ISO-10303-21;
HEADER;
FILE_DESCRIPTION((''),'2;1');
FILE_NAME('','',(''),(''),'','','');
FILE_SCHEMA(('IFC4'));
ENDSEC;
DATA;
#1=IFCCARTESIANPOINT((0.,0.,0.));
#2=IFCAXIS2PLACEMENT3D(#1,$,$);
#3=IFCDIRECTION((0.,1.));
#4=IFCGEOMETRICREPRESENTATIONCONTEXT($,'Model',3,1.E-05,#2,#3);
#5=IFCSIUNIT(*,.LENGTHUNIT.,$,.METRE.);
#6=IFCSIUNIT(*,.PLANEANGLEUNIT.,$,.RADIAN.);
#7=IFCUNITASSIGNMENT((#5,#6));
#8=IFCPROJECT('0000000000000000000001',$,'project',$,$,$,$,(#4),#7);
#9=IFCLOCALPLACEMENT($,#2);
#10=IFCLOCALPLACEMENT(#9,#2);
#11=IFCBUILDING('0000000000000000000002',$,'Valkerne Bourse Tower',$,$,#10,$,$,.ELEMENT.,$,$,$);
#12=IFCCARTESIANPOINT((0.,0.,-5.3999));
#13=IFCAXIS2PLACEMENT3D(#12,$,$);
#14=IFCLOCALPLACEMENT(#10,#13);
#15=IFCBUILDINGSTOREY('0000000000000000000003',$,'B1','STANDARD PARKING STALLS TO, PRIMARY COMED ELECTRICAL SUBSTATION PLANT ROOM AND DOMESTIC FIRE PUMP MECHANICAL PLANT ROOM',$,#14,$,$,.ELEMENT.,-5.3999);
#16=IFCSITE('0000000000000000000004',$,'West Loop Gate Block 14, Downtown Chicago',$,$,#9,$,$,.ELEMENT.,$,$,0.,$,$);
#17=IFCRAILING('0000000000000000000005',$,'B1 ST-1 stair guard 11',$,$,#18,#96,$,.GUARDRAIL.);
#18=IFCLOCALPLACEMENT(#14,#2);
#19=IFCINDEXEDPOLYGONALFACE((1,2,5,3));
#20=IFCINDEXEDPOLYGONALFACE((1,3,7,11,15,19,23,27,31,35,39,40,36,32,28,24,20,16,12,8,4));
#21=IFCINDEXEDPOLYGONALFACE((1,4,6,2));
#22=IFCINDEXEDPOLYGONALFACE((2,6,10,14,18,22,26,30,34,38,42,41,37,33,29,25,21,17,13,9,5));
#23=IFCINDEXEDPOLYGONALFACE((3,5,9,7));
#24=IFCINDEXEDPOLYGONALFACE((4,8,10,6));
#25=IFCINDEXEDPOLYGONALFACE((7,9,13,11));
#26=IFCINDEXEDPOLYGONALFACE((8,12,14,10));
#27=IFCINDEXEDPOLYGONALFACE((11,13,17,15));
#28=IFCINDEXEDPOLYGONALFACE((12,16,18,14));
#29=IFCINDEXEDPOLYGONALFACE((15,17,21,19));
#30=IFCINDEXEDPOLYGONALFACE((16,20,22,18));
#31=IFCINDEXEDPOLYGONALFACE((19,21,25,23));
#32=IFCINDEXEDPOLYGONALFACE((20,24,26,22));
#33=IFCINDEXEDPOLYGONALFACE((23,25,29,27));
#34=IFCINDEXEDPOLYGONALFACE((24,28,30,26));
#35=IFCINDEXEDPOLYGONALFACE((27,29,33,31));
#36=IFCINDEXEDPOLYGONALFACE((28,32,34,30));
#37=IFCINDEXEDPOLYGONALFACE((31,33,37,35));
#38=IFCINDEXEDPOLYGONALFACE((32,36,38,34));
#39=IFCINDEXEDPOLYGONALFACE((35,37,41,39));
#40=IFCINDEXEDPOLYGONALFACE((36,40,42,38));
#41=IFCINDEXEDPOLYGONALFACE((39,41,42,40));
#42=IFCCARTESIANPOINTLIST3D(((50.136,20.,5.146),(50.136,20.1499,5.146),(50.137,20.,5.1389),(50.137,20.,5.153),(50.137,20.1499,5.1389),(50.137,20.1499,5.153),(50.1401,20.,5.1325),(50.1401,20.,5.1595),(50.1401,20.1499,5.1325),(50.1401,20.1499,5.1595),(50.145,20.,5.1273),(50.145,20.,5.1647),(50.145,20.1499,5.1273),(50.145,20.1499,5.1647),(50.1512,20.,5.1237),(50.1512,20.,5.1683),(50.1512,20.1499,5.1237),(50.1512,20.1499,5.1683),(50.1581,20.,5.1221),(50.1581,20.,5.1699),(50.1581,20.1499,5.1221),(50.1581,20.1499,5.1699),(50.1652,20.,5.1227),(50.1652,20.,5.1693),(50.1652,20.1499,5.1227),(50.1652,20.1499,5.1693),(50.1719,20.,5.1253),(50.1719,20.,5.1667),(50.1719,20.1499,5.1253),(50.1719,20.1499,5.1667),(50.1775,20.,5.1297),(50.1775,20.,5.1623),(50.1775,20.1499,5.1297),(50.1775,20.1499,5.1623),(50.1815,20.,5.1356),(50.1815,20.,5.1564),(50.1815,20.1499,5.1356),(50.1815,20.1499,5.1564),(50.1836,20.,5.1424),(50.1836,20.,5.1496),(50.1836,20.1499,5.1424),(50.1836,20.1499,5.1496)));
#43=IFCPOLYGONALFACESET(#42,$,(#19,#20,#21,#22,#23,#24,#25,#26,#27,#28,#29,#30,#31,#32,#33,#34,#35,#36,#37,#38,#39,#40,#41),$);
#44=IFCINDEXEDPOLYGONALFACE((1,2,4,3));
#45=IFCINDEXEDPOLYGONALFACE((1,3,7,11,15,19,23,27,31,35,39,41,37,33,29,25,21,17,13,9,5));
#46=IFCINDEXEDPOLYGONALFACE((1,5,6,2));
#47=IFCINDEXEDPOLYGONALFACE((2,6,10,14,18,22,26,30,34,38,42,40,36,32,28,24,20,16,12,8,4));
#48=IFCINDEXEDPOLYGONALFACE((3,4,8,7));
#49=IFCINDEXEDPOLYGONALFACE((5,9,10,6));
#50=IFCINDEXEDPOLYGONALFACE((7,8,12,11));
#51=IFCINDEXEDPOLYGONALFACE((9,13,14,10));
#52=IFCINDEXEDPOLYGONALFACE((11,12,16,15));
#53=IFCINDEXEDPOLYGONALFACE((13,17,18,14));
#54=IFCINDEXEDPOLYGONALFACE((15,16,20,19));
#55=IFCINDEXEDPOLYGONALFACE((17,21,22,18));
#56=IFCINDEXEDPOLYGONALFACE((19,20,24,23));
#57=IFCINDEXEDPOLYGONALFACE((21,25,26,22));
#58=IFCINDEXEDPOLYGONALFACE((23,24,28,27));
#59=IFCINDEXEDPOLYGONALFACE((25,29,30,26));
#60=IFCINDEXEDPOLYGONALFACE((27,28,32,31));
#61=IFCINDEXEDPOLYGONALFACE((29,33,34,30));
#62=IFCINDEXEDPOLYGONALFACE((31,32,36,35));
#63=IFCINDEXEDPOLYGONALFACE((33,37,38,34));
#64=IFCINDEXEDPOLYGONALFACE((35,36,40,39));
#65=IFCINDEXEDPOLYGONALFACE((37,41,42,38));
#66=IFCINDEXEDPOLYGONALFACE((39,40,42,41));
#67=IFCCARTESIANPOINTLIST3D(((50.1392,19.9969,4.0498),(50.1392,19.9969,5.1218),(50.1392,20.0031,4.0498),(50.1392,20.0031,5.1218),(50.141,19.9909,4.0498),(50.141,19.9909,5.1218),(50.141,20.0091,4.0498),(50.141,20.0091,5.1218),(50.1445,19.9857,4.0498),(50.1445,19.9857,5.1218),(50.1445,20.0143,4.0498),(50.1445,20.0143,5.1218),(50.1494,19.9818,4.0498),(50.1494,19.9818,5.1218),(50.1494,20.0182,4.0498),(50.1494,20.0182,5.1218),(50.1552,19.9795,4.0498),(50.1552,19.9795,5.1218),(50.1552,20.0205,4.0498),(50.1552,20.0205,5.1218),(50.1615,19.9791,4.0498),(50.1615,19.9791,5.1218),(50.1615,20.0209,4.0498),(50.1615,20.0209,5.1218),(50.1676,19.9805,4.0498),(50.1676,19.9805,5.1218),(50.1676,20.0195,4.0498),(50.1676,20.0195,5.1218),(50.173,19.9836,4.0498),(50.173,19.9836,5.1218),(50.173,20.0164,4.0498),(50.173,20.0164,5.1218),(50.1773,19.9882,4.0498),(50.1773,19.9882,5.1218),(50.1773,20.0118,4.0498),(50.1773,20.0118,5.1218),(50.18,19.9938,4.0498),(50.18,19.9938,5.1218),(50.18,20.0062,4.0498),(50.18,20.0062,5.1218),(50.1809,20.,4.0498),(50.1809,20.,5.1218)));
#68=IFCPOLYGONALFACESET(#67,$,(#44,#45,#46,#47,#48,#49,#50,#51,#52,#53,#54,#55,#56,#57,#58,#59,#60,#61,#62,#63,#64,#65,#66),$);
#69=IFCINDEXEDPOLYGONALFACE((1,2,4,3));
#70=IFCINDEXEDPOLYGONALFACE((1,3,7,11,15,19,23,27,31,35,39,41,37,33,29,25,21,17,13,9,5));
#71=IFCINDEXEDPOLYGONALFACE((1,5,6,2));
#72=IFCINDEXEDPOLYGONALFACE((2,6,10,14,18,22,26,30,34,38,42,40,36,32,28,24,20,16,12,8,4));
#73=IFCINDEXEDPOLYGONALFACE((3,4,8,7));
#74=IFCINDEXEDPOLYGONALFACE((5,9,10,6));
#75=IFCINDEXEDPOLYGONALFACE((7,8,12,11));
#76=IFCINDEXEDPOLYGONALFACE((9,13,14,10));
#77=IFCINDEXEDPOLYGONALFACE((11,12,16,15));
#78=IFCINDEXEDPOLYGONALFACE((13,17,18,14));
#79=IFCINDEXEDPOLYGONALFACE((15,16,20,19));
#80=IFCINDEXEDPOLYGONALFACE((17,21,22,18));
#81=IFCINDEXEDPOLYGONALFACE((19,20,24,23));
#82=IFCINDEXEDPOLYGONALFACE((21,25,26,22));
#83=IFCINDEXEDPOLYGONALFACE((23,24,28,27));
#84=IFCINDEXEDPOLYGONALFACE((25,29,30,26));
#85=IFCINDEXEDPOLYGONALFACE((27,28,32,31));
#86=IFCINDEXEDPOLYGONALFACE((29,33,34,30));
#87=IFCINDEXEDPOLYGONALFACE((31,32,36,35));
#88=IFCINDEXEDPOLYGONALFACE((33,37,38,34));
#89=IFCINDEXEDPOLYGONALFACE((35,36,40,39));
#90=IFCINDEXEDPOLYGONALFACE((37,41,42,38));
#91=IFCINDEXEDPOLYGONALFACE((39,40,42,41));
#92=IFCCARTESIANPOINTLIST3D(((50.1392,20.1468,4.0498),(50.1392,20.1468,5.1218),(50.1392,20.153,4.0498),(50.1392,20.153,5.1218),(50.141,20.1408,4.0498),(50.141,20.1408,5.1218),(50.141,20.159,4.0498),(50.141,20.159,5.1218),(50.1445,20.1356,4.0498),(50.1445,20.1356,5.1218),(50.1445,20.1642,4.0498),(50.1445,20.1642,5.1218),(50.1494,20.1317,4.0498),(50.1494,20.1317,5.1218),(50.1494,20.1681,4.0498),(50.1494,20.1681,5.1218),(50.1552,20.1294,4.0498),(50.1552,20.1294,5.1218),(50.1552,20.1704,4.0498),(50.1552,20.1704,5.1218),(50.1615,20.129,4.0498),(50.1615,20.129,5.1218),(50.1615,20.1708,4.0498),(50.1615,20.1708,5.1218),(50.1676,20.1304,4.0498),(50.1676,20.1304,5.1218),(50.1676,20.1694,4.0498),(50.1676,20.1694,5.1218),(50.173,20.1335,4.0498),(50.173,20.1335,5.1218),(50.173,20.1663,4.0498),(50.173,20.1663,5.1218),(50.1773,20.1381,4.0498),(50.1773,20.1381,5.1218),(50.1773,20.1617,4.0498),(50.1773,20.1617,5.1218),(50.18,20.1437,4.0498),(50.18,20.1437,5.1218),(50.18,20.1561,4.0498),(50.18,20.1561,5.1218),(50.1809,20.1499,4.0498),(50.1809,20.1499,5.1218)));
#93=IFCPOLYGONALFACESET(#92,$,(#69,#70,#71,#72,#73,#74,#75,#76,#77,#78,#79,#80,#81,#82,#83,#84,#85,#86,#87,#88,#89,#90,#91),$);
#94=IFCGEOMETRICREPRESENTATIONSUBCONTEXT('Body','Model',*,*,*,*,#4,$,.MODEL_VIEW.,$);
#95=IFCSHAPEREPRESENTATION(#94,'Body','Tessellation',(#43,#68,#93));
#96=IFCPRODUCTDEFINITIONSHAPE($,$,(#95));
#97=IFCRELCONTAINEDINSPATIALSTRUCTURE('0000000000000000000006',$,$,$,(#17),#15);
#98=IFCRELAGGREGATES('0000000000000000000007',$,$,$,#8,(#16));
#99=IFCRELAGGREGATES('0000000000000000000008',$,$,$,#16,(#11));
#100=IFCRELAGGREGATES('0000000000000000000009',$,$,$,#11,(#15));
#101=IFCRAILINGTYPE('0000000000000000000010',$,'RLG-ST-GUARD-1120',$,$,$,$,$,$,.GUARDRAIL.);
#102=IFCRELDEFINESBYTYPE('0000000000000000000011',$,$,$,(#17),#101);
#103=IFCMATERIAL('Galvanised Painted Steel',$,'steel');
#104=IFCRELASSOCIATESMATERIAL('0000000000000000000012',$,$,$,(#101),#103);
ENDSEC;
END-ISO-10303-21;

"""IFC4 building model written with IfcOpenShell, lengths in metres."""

from ifc_helpers import new_model, si_unit, direction, frame, origin, origin_2d, place, context, subcontext, project, spatial, circle, extrude, material, type_object, element, save


model = new_model("IFC4")

# Units and contexts
model_context = context("Model", 3, precision=1e-05, world=origin(), true_north=direction((0.0, 1.0)))
body_context = subcontext(model_context, "Body", "Model", "MODEL_VIEW")
ifc_project = project(units=[si_unit("LENGTHUNIT", "METRE"), si_unit("PLANEANGLEUNIT", "RADIAN")], contexts=[model_context])

# Site, building, storey
site_placement = place(None, origin())
site = spatial("IfcSite", under=ifc_project, at=site_placement, Name="West Loop Gate Block 14, Downtown Chicago", CompositionType="ELEMENT", RefElevation=0.0)
building_placement = place(site_placement, origin())
building = spatial("IfcBuilding", under=site, at=building_placement, Name="Valkerne Bourse Tower", CompositionType="ELEMENT")
storey_placement = place(building_placement, frame((0.0, 0.0, -5.3999)))
storey = spatial("IfcBuildingStorey", under=building, at=storey_placement, Name="B1", Description="STANDARD PARKING STALLS TO, PRIMARY COMED ELECTRICAL SUBSTATION PLANT ROOM AND DOMESTIC FIRE PUMP MECHANICAL PLANT ROOM", CompositionType="ELEMENT", Elevation=-5.3999)

# Shared definitions
ifc_material_1 = material(Name="Galvanised Painted Steel", Category="steel")

# Railing
railing_type = type_object("IfcRailingType", Name="RLG-ST-GUARD-1120", PredefinedType="GUARDRAIL", material=ifc_material_1)
railing_1_placement = place(storey_placement, frame((50.1599, 20.0, 4.0498)))
element("IfcRailing", 1, at=railing_1_placement, inside=storey, type_object=railing_type, Name="B1 ST-1 stair guard 11", PredefinedType="GUARDRAIL", context=body_context, shape_type="SweptSolid", body=[
    extrude(circle(Radius=0.0239, at=origin_2d()), frame((0.0, 0.0, 1.0962), z_axis=(0.0, 1.0, 0.0), x_axis=(-1.0, 0.0, 0.0)), (0.0, 0.0, 1.0), 0.1499),
    extrude(circle(Radius=0.021, at=origin_2d()), origin(), (0.0, 0.0, 1.0), 1.072),
    extrude(circle(Radius=0.021, at=origin_2d()), frame((0.0, 0.1499, 0.0)), (0.0, 0.0, 1.0), 1.072),
])

save(model, "model.ifc")
